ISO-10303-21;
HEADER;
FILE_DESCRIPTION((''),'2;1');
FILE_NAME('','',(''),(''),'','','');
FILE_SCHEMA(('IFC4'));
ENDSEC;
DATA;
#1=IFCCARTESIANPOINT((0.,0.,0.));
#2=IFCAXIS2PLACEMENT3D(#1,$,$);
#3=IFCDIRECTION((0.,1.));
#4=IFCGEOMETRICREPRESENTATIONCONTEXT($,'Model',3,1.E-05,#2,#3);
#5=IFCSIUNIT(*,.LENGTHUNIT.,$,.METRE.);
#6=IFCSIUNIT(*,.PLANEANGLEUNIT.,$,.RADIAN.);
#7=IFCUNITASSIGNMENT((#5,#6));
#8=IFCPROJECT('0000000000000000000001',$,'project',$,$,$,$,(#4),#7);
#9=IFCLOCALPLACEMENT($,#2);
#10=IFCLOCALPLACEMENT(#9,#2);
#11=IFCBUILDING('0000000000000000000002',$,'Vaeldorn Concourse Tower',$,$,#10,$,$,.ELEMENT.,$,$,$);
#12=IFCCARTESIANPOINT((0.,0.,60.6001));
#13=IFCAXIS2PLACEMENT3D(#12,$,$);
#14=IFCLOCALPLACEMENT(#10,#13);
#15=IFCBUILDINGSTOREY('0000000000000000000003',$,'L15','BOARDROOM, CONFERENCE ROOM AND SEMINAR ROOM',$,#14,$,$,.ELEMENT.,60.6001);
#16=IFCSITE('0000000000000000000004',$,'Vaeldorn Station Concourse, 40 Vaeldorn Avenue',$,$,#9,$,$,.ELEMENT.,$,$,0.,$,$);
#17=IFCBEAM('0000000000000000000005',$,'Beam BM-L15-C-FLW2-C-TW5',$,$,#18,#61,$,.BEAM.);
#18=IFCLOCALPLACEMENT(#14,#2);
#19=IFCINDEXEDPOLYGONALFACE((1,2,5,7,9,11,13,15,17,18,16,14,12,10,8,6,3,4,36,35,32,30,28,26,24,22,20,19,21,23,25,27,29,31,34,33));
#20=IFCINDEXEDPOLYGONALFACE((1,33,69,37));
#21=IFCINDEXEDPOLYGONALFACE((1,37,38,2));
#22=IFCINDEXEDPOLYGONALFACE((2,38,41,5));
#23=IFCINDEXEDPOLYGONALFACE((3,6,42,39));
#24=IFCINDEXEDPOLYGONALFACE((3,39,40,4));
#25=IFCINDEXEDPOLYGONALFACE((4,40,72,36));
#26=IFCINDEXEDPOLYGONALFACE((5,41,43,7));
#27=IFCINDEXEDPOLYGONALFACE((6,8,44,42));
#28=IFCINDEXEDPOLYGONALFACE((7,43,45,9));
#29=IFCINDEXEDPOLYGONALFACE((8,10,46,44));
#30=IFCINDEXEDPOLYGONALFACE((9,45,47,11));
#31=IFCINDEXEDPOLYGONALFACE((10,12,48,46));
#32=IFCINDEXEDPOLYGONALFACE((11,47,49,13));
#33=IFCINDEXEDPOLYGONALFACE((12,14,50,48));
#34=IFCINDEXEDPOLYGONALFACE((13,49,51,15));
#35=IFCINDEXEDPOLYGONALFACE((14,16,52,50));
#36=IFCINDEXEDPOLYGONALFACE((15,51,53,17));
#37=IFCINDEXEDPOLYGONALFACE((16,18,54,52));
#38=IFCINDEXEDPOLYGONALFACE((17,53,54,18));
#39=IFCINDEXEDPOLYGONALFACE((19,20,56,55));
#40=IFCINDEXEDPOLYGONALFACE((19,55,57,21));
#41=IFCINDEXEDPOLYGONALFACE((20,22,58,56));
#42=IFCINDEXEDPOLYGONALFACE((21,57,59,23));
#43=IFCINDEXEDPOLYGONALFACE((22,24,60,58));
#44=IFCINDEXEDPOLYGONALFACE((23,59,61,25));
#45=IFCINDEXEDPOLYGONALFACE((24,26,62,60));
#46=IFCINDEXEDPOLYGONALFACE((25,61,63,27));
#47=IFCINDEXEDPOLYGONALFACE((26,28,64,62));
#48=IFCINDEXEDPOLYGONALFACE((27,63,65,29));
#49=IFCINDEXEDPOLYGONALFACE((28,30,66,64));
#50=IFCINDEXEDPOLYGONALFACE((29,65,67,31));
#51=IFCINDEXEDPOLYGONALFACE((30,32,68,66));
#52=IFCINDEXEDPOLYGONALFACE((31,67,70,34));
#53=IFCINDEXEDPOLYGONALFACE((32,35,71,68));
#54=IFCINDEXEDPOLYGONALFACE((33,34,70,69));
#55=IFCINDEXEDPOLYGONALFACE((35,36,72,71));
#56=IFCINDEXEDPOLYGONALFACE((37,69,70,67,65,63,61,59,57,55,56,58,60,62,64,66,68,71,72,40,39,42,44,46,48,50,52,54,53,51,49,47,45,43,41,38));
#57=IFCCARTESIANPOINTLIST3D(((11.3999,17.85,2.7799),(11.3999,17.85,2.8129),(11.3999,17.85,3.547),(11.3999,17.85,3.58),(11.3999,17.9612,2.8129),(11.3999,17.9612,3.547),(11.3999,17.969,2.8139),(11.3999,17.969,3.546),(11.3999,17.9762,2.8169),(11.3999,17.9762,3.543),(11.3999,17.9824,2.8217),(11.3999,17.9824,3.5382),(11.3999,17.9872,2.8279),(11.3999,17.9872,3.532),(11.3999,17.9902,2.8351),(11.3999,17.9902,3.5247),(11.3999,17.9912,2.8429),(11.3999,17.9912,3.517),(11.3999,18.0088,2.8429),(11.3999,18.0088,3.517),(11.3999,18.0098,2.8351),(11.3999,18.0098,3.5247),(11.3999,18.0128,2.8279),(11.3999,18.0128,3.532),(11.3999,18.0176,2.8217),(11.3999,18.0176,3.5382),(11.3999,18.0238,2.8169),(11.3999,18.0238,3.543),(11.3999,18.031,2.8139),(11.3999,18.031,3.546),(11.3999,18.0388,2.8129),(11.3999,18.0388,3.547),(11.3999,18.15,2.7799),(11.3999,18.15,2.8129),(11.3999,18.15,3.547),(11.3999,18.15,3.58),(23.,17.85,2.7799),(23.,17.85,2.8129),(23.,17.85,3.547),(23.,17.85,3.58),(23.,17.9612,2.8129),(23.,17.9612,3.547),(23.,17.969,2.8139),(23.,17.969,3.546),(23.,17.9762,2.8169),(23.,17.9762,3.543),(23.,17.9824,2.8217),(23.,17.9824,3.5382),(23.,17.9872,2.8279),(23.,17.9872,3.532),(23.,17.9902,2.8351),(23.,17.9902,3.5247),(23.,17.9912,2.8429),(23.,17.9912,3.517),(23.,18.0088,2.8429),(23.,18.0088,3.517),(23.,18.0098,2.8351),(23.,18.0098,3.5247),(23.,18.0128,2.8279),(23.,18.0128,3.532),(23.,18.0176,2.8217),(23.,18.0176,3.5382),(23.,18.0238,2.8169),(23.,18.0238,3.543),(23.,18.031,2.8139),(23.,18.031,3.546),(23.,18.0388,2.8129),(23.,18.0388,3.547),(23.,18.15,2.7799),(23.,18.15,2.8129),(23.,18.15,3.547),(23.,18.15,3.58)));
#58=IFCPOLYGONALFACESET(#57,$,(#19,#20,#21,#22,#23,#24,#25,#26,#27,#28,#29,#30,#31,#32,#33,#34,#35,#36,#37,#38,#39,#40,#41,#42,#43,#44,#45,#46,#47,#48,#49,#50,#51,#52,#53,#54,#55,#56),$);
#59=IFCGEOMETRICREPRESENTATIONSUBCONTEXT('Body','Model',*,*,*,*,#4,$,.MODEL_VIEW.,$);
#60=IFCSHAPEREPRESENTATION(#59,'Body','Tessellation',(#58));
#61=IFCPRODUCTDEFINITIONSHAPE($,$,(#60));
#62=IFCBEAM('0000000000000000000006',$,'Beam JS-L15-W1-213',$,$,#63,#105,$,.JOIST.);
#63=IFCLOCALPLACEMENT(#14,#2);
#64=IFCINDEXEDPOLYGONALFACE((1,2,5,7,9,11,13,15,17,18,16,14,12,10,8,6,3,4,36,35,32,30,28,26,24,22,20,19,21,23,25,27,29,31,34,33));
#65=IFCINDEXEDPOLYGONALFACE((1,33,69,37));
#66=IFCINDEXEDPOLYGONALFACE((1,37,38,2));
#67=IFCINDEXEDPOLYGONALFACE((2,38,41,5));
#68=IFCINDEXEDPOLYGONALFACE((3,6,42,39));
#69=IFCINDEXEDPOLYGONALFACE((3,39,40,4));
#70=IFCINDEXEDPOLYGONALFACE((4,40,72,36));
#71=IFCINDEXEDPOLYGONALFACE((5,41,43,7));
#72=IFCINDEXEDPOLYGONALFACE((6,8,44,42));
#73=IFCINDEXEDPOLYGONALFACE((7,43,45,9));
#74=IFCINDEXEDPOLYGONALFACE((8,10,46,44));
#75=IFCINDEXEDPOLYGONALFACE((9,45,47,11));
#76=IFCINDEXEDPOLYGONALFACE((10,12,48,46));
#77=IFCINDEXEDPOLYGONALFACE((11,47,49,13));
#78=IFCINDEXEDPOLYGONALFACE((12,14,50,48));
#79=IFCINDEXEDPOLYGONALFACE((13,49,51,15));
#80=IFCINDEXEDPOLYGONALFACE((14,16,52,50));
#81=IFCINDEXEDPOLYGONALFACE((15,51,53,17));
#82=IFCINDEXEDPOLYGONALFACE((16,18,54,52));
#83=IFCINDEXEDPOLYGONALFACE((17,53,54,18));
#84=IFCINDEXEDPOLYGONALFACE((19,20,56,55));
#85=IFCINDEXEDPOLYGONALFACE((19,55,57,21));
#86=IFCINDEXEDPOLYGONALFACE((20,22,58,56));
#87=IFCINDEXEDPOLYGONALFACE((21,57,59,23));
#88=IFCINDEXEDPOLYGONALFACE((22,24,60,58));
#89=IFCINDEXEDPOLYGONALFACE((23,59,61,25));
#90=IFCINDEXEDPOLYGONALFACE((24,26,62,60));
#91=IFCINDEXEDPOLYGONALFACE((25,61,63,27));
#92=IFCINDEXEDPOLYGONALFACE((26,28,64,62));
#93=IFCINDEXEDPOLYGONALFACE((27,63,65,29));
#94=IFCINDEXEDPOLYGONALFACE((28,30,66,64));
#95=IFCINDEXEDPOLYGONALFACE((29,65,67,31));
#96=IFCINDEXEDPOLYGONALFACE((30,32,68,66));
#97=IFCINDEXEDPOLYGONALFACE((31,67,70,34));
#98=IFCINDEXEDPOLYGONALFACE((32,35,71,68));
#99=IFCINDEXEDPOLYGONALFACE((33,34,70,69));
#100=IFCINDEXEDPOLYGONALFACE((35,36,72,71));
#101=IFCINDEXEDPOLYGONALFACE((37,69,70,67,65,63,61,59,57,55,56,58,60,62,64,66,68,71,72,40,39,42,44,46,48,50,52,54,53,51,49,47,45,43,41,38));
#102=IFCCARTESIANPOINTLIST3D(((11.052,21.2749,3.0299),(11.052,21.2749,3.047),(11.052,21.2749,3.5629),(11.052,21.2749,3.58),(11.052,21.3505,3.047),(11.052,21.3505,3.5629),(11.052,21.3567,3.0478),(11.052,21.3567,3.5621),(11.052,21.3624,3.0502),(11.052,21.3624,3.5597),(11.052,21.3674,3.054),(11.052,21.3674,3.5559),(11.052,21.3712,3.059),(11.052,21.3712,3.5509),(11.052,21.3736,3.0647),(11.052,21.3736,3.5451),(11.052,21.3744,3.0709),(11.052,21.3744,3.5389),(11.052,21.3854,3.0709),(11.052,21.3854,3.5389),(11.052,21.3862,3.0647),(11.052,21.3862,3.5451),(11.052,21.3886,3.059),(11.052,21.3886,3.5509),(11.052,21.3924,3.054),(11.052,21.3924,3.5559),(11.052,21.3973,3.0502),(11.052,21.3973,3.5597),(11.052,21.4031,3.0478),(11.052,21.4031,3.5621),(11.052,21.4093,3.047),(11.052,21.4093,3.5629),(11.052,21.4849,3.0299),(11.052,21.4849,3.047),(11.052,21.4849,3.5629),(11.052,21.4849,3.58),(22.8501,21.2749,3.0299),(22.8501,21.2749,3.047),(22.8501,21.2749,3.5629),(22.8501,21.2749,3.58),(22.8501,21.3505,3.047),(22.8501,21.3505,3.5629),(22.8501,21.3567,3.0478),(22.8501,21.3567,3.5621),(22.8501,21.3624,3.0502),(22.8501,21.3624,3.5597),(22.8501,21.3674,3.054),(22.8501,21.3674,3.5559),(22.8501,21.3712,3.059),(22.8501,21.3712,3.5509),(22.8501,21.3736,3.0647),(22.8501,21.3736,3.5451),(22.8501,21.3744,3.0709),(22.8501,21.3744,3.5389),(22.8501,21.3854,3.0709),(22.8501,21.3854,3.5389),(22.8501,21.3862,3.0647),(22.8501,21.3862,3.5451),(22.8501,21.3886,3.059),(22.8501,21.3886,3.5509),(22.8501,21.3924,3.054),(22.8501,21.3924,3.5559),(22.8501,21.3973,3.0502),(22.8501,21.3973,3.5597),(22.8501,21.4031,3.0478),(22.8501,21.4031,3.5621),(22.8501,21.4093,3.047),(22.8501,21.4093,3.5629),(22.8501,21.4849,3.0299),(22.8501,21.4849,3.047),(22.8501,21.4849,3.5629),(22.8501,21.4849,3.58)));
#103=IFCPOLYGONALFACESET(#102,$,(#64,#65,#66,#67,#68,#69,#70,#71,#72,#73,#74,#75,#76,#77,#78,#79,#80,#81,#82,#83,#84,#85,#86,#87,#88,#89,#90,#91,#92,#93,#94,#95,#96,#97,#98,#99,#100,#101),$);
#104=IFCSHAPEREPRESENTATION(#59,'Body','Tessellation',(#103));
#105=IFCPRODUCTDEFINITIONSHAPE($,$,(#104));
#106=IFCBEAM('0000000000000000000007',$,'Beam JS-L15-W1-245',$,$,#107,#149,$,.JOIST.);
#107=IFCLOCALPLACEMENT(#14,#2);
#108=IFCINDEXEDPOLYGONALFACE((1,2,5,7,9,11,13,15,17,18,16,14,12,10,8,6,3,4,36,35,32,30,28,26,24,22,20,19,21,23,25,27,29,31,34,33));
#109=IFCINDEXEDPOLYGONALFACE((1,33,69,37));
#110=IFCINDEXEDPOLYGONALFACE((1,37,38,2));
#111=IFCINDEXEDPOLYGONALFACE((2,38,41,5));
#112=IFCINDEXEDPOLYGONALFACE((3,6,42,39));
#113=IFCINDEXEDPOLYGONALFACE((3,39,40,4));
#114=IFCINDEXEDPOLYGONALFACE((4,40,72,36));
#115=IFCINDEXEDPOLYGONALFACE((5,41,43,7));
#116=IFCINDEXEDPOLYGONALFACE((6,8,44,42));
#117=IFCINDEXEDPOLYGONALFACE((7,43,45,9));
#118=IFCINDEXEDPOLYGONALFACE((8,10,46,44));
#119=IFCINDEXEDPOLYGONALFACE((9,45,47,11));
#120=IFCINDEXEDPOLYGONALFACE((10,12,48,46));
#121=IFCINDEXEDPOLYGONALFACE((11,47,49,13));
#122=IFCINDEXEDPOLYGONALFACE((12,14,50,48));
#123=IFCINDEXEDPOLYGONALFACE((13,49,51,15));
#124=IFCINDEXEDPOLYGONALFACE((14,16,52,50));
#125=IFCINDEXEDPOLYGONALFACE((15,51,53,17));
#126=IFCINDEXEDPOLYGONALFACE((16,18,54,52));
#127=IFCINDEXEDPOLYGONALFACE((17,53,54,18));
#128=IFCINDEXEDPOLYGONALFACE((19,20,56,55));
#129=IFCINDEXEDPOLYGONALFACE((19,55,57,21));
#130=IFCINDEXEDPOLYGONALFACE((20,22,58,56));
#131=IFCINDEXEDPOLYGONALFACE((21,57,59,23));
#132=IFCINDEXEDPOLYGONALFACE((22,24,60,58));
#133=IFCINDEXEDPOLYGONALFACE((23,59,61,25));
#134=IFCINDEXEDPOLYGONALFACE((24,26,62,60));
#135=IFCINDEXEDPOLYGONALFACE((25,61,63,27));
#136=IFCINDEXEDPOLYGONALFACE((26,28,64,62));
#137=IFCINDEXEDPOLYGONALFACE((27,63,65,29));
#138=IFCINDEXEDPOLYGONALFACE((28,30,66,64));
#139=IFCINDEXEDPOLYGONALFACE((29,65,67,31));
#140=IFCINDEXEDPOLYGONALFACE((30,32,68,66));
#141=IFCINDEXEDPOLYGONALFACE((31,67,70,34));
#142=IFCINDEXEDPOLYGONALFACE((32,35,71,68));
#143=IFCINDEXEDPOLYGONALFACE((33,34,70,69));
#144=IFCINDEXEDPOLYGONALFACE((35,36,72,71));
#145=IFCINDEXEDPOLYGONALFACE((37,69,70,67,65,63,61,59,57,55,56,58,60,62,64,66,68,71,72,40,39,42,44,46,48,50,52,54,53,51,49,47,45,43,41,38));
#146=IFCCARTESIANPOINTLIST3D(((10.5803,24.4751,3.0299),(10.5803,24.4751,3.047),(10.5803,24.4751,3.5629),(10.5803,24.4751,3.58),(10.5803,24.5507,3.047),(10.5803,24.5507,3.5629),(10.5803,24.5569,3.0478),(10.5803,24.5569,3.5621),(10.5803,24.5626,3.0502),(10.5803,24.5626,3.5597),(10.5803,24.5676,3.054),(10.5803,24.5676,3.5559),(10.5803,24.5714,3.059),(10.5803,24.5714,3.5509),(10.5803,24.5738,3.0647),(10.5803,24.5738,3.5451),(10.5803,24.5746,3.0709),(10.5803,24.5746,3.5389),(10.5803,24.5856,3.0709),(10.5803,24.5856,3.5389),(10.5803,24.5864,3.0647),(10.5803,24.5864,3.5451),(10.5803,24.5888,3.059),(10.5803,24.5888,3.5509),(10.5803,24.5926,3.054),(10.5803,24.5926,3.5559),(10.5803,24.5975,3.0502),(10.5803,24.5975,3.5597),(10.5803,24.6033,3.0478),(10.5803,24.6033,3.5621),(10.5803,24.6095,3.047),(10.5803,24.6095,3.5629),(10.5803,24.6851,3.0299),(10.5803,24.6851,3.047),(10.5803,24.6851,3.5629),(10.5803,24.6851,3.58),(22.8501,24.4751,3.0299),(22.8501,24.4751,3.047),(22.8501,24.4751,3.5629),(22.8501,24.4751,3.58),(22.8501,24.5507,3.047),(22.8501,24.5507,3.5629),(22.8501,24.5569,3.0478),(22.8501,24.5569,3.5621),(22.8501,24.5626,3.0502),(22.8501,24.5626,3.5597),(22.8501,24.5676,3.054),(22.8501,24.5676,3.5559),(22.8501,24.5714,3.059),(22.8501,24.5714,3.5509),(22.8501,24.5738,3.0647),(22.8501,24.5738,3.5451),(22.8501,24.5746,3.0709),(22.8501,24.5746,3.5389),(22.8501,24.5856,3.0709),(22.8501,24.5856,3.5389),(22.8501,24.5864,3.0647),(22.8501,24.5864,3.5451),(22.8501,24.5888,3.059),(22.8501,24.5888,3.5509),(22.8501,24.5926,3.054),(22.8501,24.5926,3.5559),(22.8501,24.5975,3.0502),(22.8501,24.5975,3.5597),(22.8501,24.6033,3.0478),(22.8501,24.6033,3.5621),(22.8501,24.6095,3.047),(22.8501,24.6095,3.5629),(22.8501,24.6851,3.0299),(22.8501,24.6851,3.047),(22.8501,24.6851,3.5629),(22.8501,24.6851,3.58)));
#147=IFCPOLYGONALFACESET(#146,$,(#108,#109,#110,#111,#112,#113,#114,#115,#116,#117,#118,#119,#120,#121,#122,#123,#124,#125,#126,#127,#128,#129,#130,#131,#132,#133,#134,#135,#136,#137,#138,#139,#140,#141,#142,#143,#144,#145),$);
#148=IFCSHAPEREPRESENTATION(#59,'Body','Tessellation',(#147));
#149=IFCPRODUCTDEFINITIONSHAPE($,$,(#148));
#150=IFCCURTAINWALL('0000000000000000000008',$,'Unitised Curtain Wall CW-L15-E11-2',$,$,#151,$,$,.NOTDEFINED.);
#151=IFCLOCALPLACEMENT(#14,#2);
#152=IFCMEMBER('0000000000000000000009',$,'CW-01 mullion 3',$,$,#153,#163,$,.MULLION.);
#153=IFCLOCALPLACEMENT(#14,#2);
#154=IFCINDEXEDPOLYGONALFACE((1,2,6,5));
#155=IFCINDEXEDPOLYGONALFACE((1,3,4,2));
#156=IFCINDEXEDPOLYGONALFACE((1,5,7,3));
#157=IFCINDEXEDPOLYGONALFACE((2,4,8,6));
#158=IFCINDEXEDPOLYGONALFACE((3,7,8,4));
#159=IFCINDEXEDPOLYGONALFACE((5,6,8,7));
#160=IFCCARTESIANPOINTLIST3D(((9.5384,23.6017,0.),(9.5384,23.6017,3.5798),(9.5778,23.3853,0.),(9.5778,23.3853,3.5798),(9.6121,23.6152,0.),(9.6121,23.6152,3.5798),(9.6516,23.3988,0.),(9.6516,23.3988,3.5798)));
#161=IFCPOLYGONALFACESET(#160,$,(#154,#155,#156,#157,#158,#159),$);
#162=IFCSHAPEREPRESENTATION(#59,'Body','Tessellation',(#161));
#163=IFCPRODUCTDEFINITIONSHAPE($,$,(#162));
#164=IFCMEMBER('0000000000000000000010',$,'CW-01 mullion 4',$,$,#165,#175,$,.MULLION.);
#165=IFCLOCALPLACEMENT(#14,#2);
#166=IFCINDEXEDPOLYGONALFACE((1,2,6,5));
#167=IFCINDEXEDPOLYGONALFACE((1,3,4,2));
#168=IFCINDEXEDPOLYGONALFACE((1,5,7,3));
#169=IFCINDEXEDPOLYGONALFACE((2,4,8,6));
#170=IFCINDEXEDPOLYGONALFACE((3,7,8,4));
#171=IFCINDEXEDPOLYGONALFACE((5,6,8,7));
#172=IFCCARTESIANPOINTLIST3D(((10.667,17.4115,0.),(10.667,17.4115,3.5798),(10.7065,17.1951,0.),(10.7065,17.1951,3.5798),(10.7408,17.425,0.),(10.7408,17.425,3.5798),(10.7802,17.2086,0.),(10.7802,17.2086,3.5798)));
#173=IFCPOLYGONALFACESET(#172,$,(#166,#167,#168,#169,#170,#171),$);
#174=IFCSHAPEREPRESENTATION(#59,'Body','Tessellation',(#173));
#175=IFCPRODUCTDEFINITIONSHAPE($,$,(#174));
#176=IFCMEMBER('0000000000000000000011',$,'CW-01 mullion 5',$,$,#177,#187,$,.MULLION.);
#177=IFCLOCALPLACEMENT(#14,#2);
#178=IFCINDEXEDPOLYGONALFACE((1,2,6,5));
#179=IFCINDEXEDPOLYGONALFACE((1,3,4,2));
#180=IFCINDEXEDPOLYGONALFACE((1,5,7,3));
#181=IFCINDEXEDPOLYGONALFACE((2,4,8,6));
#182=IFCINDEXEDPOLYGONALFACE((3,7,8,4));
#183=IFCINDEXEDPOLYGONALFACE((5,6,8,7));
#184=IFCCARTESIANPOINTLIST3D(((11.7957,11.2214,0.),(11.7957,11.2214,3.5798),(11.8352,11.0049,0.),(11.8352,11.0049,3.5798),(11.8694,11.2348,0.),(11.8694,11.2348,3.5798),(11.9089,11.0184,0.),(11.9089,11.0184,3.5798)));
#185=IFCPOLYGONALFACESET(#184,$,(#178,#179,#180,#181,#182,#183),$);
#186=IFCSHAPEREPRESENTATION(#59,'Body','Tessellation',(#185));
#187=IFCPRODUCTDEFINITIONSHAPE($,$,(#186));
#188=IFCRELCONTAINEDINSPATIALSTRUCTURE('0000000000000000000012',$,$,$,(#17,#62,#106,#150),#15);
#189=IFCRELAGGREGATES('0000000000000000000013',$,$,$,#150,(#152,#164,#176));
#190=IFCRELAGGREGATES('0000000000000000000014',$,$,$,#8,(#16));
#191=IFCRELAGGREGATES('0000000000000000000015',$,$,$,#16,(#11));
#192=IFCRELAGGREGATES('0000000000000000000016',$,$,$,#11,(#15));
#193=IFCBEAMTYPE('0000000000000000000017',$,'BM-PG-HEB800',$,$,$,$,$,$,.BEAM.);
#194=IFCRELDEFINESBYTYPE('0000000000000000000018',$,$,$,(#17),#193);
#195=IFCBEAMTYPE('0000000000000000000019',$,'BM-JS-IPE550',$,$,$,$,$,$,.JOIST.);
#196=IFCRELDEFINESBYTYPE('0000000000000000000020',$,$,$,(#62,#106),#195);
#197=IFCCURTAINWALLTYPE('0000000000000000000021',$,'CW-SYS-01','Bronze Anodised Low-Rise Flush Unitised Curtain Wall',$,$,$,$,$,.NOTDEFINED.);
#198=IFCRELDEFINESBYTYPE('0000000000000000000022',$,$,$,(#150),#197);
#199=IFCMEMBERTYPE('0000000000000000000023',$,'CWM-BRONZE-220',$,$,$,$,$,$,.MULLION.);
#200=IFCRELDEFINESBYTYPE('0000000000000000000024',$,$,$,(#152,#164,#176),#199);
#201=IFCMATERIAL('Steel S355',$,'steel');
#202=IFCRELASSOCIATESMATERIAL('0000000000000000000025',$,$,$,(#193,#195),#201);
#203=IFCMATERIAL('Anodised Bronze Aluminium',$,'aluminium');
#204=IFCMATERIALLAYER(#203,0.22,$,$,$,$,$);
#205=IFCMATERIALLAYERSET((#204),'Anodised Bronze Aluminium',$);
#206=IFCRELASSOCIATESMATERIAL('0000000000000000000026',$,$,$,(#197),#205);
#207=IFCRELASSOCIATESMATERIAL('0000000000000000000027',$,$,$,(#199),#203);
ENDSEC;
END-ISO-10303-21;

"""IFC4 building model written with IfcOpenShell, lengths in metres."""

from ifc_helpers import new_model, si_unit, direction, frame, origin, origin_2d, place, context, subcontext, project, spatial, rectangle, i_section, extrude, source, transform, mapped, material, layer, layer_set, material_profile, profile_set, type_object, element, aggregate, save


model = new_model("IFC4")

# Units and contexts
model_context = context("Model", 3, precision=1e-05, world=origin(), true_north=direction((0.0, 1.0)))
body_context = subcontext(model_context, "Body", "Model", "MODEL_VIEW")
ifc_project = project(units=[si_unit("LENGTHUNIT", "METRE"), si_unit("PLANEANGLEUNIT", "RADIAN")], contexts=[model_context])

# Site, building, storey
site_placement = place(None, origin())
site = spatial("IfcSite", under=ifc_project, at=site_placement, Name="Vaeldorn Station Concourse, 40 Vaeldorn Avenue", CompositionType="ELEMENT", RefElevation=0.0)
building_placement = place(site_placement, origin())
building = spatial("IfcBuilding", under=site, at=building_placement, Name="Vaeldorn Concourse Tower", CompositionType="ELEMENT")
storey_placement = place(building_placement, frame((0.0, 0.0, 60.6001)))
storey = spatial("IfcBuildingStorey", under=building, at=storey_placement, Name="L15", Description="BOARDROOM, CONFERENCE ROOM AND SEMINAR ROOM", CompositionType="ELEMENT", Elevation=60.6001)

# Beams
ifc_material_1 = material(Name="Steel S355", Category="steel")
ifc_material_profile_1 = material_profile(ifc_material_1, i_section(OverallWidth=0.3, OverallDepth=0.8, WebThickness=0.0176, FlangeThickness=0.033, FilletRadius=0.03, at=origin_2d()), Name="HEB 800")
ifc_profile_set_1 = profile_set([ifc_material_profile_1], Name="Steel S355")
beam_type_1 = type_object("IfcBeamType", Name="BM-PG-HEB800", PredefinedType="BEAM", material=ifc_profile_set_1)
shared_shape_1 = source(origin(), body_context, "Body", "SweptSolid", [
    extrude(i_section(OverallWidth=0.3, OverallDepth=0.8, WebThickness=0.0176, FlangeThickness=0.033, FilletRadius=0.03, at=origin_2d()), origin(), (0.0, 0.0, 1.0), 11.6001),
])
beam_1_placement = place(storey_placement, frame((11.3999, 18.0, 3.1799), z_axis=(1.0, 0.0, 0.0), x_axis=(0.0, 1.0, 0.0)))
element("IfcBeam", 1, at=beam_1_placement, inside=storey, type_object=beam_type_1, Name="Beam BM-L15-C-FLW2-C-TW5", PredefinedType="BEAM", context=body_context, shape_type="MappedRepresentation", body=[
    mapped(shared_shape_1, transform((0.0, 0.0, 0.0), scale=1.0)),
])
ifc_material_profile_2 = material_profile(ifc_material_1, i_section(OverallWidth=0.21, OverallDepth=0.55, WebThickness=0.011, FlangeThickness=0.0171, FilletRadius=0.0239, at=origin_2d()), Name="IPE 550")
ifc_profile_set_2 = profile_set([ifc_material_profile_2], Name="Steel S355")
beam_type_2 = type_object("IfcBeamType", Name="BM-JS-IPE550", PredefinedType="JOIST", material=ifc_profile_set_2)
shared_shape_2 = source(origin(), body_context, "Body", "SweptSolid", [
    extrude(i_section(OverallWidth=0.21, OverallDepth=0.55, WebThickness=0.011, FlangeThickness=0.0171, FilletRadius=0.0239, at=origin_2d()), origin(), (0.0, 0.0, 1.0), 11.7981),
])
beam_2_placement = place(storey_placement, frame((11.052, 21.3799, 3.3049), z_axis=(1.0, 0.0, 0.0), x_axis=(0.0, 1.0, 0.0)))
element("IfcBeam", 2, at=beam_2_placement, inside=storey, type_object=beam_type_2, Name="Beam JS-L15-W1-213", PredefinedType="JOIST", context=body_context, shape_type="MappedRepresentation", body=[
    mapped(shared_shape_2, transform((0.0, 0.0, 0.0), scale=1.0)),
])
shared_shape_3 = source(origin(), body_context, "Body", "SweptSolid", [
    extrude(i_section(OverallWidth=0.21, OverallDepth=0.55, WebThickness=0.011, FlangeThickness=0.0171, FilletRadius=0.0239, at=origin_2d()), origin(), (0.0, 0.0, 1.0), 12.2698),
])
beam_3_placement = place(storey_placement, frame((10.5803, 24.5801, 3.3049), z_axis=(1.0, 0.0, 0.0), x_axis=(0.0, 1.0, 0.0)))
element("IfcBeam", 3, at=beam_3_placement, inside=storey, type_object=beam_type_2, Name="Beam JS-L15-W1-245", PredefinedType="JOIST", context=body_context, shape_type="MappedRepresentation", body=[
    mapped(shared_shape_3, transform((0.0, 0.0, 0.0), scale=1.0)),
])

# Curtain wall, members
ifc_material_2 = material(Name="Anodised Bronze Aluminium", Category="aluminium")
ifc_layer_1 = layer(ifc_material_2, 0.22)
ifc_layer_set_1 = layer_set([ifc_layer_1], Name="Anodised Bronze Aluminium")
curtain_wall_type = type_object("IfcCurtainWallType", Name="CW-SYS-01", Description="Bronze Anodised Low-Rise Flush Unitised Curtain Wall", PredefinedType="NOTDEFINED", material=ifc_layer_set_1)
curtain_wall_placement = place(storey_placement, origin())
curtain_wall = element("IfcCurtainWall", 4, at=curtain_wall_placement, inside=storey, type_object=curtain_wall_type, Name="Unitised Curtain Wall CW-L15-E11-2", PredefinedType="NOTDEFINED")
ifc_material_profile_3 = material_profile(ifc_material_2, rectangle(XDim=0.075, YDim=0.22, at=origin_2d()), Name="CWM 75x220")
ifc_profile_set_3 = profile_set([ifc_material_profile_3], Name="Anodised Bronze Aluminium")
member_type_1 = type_object("IfcMemberType", Name="CWM-BRONZE-220", PredefinedType="MULLION", material=ifc_profile_set_3)
shared_shape_4 = source(origin(), body_context, "Body", "SweptSolid", [
    extrude(rectangle(XDim=0.075, YDim=0.22, at=origin_2d()), origin(), (0.0, 0.0, 1.0), 3.5798),
])
member_1_placement = place(storey_placement, frame((9.595, 23.5002, 0.0), z_axis=(0.0, 0.0, 1.0), x_axis=(0.983779, 0.179384, 0.0)))
member_1 = element("IfcMember", 5, at=member_1_placement, type_object=member_type_1, Name="CW-01 mullion 3", PredefinedType="MULLION", context=body_context, shape_type="MappedRepresentation", body=[
    mapped(shared_shape_4, transform((0.0, 0.0, 0.0), scale=1.0)),
])
member_2_placement = place(storey_placement, frame((10.7236, 17.3101, 0.0), z_axis=(0.0, 0.0, 1.0), x_axis=(0.983779, 0.179384, 0.0)))
member_2 = element("IfcMember", 6, at=member_2_placement, type_object=member_type_1, Name="CW-01 mullion 4", PredefinedType="MULLION", context=body_context, shape_type="MappedRepresentation", body=[
    mapped(shared_shape_4, transform((0.0, 0.0, 0.0), scale=1.0)),
])
member_3_placement = place(storey_placement, frame((11.8523, 11.1199, 0.0), z_axis=(0.0, 0.0, 1.0), x_axis=(0.983779, 0.179384, 0.0)))
member_3 = element("IfcMember", 7, at=member_3_placement, type_object=member_type_1, Name="CW-01 mullion 5", PredefinedType="MULLION", context=body_context, shape_type="MappedRepresentation", body=[
    mapped(shared_shape_4, transform((0.0, 0.0, 0.0), scale=1.0)),
])
aggregate(curtain_wall, [member_1, member_2, member_3])

save(model, "model.ifc")
